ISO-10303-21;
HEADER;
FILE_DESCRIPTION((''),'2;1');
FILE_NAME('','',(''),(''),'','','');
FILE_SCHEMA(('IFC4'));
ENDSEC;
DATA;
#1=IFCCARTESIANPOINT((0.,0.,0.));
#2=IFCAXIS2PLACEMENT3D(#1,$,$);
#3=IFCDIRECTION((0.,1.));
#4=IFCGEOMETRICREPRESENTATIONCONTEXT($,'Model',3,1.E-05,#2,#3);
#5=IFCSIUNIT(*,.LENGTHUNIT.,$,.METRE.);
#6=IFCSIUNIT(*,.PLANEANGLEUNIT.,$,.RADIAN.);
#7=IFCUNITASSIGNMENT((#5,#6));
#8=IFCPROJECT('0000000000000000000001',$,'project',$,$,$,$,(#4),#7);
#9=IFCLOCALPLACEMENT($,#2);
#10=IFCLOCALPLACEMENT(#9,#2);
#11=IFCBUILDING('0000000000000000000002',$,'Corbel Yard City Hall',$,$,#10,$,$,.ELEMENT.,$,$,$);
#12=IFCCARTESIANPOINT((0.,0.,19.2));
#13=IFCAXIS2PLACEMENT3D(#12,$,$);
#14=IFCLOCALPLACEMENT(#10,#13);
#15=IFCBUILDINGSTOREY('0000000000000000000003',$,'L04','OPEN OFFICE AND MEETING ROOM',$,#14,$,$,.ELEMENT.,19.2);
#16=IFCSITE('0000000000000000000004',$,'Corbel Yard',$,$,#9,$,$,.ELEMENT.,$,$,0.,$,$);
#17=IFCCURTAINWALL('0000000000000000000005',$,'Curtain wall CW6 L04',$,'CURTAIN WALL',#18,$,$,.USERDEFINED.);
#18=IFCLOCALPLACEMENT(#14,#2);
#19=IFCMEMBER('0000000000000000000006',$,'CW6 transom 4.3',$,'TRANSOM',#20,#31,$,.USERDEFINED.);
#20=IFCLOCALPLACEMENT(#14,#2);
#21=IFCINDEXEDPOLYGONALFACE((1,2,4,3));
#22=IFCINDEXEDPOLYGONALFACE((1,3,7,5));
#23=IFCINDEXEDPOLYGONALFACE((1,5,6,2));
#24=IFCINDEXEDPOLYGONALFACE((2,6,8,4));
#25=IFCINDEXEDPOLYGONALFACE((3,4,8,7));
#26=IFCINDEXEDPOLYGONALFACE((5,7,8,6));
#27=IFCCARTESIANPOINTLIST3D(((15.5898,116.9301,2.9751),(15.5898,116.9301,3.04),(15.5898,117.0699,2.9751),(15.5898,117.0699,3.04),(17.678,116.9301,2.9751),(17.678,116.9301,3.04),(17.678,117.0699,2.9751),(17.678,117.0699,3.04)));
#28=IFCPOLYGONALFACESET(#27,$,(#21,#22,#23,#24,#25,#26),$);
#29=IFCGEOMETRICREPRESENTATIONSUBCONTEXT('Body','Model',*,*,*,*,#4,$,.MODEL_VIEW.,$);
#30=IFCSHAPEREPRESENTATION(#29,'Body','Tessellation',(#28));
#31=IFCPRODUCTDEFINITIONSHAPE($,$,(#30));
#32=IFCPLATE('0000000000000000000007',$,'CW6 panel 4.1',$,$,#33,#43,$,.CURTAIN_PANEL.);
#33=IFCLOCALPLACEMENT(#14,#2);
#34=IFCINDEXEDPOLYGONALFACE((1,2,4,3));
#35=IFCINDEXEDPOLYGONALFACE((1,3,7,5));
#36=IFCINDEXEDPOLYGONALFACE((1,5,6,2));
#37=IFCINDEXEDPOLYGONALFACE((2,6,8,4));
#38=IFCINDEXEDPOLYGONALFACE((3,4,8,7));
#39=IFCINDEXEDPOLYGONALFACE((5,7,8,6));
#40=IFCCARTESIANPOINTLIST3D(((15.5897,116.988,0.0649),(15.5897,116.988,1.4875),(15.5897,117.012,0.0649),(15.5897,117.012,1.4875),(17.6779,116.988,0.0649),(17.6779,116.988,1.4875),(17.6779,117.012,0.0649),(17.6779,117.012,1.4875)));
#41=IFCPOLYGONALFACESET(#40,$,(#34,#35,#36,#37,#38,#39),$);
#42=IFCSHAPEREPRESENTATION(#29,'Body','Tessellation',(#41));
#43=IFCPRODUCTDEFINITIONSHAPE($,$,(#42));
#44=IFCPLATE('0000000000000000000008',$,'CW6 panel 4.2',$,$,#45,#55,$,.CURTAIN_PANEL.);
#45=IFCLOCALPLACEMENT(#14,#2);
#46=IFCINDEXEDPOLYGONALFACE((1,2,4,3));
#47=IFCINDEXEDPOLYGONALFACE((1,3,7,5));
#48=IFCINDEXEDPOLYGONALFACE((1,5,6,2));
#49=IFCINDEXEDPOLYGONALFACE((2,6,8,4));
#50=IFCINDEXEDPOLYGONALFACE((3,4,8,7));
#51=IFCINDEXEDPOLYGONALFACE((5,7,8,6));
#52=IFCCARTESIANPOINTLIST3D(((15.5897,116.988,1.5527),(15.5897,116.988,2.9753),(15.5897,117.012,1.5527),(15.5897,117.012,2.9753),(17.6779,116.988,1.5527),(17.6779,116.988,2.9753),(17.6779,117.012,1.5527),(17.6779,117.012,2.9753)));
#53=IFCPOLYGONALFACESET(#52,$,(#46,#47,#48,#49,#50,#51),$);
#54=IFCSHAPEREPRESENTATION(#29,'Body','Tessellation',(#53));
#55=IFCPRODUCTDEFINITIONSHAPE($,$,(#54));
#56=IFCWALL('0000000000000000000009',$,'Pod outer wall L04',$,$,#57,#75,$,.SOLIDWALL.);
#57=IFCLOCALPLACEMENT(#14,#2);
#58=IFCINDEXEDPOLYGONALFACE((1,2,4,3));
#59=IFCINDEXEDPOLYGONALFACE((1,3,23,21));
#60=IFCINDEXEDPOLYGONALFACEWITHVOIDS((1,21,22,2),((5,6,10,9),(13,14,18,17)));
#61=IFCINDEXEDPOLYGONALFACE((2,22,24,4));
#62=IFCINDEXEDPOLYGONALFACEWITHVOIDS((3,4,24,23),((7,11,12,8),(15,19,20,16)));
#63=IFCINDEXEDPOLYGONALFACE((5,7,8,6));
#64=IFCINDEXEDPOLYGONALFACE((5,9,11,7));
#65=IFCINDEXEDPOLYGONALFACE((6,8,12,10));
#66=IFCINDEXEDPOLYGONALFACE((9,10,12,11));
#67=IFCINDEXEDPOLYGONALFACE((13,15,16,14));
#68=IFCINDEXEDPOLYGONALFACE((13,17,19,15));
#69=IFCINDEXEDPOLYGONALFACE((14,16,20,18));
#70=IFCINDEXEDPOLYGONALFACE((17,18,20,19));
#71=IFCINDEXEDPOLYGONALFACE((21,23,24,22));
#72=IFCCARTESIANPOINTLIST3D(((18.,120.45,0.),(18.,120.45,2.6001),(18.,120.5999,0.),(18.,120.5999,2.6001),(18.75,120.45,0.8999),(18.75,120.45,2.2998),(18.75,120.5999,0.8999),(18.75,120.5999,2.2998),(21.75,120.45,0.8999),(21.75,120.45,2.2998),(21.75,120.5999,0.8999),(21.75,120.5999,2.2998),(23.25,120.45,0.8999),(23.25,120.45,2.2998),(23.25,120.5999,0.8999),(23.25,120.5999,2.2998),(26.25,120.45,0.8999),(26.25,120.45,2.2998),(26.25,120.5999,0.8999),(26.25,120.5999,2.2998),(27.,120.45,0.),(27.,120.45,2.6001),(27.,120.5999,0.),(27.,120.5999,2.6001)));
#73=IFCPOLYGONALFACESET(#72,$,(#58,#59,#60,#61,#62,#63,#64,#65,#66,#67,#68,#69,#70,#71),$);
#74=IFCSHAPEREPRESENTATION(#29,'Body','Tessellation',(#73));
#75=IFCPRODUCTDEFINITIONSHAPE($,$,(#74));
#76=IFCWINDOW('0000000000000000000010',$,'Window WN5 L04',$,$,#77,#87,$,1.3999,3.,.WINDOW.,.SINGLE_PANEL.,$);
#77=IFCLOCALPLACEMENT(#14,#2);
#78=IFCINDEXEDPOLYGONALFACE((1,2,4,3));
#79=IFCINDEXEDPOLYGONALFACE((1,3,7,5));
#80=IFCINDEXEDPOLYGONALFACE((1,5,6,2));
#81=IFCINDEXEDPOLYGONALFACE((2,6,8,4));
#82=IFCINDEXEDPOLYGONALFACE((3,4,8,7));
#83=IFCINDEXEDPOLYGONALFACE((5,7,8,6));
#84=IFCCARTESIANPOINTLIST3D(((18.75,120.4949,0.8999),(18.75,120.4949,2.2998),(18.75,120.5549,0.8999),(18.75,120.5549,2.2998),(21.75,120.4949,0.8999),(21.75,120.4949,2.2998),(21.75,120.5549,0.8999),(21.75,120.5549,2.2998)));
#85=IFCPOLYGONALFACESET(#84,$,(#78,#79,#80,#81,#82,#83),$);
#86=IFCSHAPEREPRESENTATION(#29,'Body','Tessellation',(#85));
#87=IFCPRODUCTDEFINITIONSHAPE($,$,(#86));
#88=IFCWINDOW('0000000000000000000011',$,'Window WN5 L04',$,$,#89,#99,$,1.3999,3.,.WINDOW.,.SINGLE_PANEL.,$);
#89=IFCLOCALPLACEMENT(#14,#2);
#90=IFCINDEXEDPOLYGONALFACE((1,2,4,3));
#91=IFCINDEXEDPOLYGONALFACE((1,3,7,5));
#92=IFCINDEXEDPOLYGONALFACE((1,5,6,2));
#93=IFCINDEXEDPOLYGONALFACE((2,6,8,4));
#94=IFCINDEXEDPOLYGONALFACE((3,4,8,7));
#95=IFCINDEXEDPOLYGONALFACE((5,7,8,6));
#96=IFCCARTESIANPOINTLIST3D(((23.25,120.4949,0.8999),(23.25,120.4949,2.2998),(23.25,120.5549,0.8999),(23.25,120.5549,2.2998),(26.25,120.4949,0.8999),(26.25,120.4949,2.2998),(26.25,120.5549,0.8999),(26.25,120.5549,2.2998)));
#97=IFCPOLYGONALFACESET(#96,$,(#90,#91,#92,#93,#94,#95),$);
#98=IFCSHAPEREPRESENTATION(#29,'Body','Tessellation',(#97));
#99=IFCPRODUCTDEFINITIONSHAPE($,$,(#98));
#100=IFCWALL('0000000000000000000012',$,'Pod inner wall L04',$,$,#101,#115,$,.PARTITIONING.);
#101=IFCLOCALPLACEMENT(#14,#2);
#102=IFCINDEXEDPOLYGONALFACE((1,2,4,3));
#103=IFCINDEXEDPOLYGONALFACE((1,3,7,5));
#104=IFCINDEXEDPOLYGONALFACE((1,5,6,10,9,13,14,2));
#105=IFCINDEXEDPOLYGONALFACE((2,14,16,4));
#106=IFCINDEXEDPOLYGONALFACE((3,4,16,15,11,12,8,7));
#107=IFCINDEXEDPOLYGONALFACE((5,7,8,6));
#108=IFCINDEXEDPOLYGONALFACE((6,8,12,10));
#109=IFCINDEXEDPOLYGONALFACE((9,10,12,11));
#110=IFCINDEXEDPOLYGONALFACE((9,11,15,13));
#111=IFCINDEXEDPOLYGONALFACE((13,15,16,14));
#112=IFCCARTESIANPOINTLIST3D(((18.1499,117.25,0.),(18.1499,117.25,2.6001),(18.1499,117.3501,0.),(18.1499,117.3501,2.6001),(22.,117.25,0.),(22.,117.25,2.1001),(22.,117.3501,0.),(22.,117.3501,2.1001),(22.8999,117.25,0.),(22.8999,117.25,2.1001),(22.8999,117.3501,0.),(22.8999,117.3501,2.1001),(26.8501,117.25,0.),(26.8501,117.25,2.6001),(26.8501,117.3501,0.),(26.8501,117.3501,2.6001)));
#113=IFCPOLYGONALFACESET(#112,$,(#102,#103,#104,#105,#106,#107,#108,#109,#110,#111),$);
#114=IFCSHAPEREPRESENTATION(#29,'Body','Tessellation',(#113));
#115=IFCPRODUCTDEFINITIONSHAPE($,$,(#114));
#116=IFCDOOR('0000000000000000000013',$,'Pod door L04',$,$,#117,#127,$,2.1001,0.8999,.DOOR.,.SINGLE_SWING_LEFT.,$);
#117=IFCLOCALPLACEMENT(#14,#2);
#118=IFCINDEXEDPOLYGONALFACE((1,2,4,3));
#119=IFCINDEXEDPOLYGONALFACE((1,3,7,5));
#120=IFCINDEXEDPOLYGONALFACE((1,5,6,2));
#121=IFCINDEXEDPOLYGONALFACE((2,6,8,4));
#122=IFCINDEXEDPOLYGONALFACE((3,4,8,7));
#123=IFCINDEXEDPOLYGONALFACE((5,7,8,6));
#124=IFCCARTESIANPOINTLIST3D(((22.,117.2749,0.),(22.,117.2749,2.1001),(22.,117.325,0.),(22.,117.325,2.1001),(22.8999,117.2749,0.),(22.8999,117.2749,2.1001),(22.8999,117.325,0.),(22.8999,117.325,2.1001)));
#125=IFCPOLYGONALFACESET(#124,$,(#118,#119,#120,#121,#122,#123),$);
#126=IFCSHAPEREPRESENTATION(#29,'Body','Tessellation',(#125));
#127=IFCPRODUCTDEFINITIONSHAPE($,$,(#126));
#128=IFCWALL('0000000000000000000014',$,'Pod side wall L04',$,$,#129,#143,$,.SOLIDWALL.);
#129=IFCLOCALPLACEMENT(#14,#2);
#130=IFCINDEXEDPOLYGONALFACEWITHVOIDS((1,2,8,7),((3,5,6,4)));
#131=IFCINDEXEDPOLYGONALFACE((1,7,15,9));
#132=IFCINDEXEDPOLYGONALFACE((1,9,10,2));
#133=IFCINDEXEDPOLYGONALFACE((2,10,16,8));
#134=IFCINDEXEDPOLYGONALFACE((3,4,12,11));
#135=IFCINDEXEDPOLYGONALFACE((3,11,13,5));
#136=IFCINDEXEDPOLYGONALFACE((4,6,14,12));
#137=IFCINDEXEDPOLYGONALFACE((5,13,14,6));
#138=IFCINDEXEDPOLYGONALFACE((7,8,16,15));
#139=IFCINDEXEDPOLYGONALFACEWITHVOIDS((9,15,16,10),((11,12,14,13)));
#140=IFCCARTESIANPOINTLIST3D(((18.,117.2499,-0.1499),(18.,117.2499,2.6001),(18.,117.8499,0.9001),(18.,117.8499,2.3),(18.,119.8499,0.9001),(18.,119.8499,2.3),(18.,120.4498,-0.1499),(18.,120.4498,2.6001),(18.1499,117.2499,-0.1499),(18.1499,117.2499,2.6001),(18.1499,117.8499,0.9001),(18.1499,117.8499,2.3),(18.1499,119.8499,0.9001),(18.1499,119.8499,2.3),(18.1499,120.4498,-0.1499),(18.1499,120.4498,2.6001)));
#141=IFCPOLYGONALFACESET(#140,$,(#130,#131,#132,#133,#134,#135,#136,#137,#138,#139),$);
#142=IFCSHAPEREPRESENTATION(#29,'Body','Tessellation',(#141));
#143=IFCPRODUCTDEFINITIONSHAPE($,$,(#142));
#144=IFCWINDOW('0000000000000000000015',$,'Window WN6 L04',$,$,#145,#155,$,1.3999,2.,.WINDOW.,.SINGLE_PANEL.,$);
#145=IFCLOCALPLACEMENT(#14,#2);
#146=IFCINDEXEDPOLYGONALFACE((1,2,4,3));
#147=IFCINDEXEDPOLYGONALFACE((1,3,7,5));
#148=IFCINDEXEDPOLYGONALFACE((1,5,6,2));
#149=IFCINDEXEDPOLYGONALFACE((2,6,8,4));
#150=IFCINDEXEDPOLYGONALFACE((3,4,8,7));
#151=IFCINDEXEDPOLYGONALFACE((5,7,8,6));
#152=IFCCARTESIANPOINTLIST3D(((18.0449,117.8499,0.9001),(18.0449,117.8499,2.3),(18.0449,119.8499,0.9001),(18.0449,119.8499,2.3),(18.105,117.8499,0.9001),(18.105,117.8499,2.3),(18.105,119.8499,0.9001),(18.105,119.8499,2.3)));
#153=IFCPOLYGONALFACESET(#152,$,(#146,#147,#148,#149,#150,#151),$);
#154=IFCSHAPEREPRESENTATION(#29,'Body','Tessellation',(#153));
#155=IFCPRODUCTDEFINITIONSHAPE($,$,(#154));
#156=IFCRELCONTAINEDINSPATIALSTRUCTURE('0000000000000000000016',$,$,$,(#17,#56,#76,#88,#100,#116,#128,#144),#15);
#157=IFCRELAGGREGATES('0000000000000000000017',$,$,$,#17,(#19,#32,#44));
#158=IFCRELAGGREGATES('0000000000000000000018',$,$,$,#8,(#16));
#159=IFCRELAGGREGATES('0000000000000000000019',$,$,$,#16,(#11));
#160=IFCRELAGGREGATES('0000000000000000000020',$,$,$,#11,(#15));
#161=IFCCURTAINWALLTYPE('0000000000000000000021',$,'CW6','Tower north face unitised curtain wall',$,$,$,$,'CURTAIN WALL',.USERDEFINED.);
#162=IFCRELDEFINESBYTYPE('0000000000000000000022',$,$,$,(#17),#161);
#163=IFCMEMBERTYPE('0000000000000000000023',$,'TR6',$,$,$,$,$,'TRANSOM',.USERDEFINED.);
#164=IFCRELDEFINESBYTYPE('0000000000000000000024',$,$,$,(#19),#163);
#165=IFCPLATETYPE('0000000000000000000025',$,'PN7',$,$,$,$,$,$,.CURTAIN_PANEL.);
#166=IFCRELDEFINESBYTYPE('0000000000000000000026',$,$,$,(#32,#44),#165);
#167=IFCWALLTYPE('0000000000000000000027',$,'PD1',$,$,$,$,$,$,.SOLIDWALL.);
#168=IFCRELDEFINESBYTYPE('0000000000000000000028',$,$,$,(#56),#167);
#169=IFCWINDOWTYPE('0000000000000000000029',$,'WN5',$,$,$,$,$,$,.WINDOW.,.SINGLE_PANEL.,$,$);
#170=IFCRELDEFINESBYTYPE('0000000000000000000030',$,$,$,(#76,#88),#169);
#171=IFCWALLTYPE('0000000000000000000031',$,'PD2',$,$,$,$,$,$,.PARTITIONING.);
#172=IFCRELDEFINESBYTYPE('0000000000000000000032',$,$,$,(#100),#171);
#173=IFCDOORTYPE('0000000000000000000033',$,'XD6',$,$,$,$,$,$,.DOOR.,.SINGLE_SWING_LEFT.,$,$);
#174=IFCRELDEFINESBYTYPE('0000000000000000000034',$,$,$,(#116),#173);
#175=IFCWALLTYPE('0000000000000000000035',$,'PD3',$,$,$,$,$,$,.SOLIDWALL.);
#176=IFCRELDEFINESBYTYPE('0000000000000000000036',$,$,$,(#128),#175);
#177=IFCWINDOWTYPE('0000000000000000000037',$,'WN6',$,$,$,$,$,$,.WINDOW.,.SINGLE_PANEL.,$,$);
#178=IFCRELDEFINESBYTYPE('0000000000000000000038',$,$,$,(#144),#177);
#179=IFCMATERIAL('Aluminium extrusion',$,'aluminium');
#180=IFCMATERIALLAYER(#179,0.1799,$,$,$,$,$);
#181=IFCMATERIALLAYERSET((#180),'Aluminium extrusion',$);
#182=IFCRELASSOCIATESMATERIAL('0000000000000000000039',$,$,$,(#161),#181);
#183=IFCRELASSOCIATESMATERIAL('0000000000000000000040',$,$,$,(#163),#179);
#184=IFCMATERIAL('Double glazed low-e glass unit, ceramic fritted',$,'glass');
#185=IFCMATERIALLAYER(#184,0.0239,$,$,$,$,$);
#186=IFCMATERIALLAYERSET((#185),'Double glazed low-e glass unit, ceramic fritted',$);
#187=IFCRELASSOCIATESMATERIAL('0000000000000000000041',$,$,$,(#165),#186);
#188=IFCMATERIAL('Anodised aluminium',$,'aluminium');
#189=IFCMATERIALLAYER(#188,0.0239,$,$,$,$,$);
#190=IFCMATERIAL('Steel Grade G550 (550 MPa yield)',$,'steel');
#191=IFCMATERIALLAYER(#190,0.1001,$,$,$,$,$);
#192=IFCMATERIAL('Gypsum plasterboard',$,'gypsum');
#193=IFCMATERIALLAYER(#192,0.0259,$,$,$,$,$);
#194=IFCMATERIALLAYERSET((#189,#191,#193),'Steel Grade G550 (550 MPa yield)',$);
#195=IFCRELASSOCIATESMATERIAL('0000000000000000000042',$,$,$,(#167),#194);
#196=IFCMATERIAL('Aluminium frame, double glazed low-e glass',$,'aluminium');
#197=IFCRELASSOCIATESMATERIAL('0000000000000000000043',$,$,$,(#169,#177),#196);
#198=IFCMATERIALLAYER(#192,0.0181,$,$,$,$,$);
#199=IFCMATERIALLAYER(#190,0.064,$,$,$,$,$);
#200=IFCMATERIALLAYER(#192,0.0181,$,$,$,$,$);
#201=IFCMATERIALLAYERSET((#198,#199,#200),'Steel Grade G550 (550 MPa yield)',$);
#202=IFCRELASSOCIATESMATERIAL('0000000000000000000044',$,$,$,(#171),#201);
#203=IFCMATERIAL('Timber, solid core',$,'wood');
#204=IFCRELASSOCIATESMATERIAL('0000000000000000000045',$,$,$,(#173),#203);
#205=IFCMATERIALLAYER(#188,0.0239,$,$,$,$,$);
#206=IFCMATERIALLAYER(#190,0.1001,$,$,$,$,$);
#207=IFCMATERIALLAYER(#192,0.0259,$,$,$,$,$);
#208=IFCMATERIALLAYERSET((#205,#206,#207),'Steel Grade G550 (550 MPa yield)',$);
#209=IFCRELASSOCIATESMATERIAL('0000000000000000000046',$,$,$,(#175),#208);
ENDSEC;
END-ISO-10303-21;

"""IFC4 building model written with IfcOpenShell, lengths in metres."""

from ifc_helpers import new_model, si_unit, direction, frame, frame_2d, origin, origin_2d, place, context, subcontext, project, spatial, rectangle, extrude, material, layer, layer_set, material_profile, profile_set, type_object, element, fill, aggregate, save


model = new_model("IFC4")

# Units and contexts
model_context = context("Model", 3, precision=1e-05, world=origin(), true_north=direction((0.0, 1.0)))
body_context = subcontext(model_context, "Body", "Model", "MODEL_VIEW")
ifc_project = project(units=[si_unit("LENGTHUNIT", "METRE"), si_unit("PLANEANGLEUNIT", "RADIAN")], contexts=[model_context])

# Site, building, storey
site_placement = place(None, origin())
site = spatial("IfcSite", under=ifc_project, at=site_placement, Name="Corbel Yard", CompositionType="ELEMENT", RefElevation=0.0)
building_placement = place(site_placement, origin())
building = spatial("IfcBuilding", under=site, at=building_placement, Name="Corbel Yard City Hall", CompositionType="ELEMENT")
storey_placement = place(building_placement, frame((0.0, 0.0, 19.2)))
storey = spatial("IfcBuildingStorey", under=building, at=storey_placement, Name="L04", Description="OPEN OFFICE AND MEETING ROOM", CompositionType="ELEMENT", Elevation=19.2)

# Curtain wall
ifc_material_1 = material(Name="Aluminium extrusion", Category="aluminium")
ifc_layer_1 = layer(ifc_material_1, 0.1799)
ifc_layer_set_1 = layer_set([ifc_layer_1], Name="Aluminium extrusion")
curtain_wall_type = type_object("IfcCurtainWallType", Name="CW6", Description="Tower north face unitised curtain wall", ElementType="CURTAIN WALL", PredefinedType="USERDEFINED", material=ifc_layer_set_1)
curtain_wall_placement = place(storey_placement, origin())
curtain_wall = element("IfcCurtainWall", 1, at=curtain_wall_placement, inside=storey, type_object=curtain_wall_type, Name="Curtain wall CW6 L04", ObjectType="CURTAIN WALL", PredefinedType="USERDEFINED")

# Member
ifc_material_profile_1 = material_profile(ifc_material_1, rectangle(XDim=0.1399, YDim=0.0649, at=origin_2d()), Name="140x65")
ifc_profile_set_1 = profile_set([ifc_material_profile_1], Name="Aluminium extrusion")
member_type_1 = type_object("IfcMemberType", Name="TR6", ElementType="TRANSOM", PredefinedType="USERDEFINED", material=ifc_profile_set_1)
member_1_placement = place(storey_placement, frame((15.5898, 117.0, 3.0076), z_axis=(1.0, 0.0, 0.0), x_axis=(0.0, 1.0, 0.0)))
member_1 = element("IfcMember", 2, at=member_1_placement, type_object=member_type_1, Name="CW6 transom 4.3", ObjectType="TRANSOM", PredefinedType="USERDEFINED", context=body_context, shape_type="SweptSolid", body=[
    extrude(rectangle(XDim=0.1399, YDim=0.0649, at=origin_2d()), origin(), (0.0, 0.0, 1.0), 2.0881),
])

# Plates
ifc_material_2 = material(Name="Double glazed low-e glass unit, ceramic fritted", Category="glass")
ifc_layer_2 = layer(ifc_material_2, 0.0239)
ifc_layer_set_2 = layer_set([ifc_layer_2], Name="Double glazed low-e glass unit, ceramic fritted")
plate_type = type_object("IfcPlateType", Name="PN7", PredefinedType="CURTAIN_PANEL", material=ifc_layer_set_2)
plate_1_placement = place(storey_placement, frame((16.6338, 117.0, 0.0649), z_axis=(0.0, 0.0, 1.0), x_axis=(1.0, 0.0, 0.0)))
plate_1 = element("IfcPlate", 3, at=plate_1_placement, type_object=plate_type, Name="CW6 panel 4.1", PredefinedType="CURTAIN_PANEL", context=body_context, shape_type="SweptSolid", body=[
    extrude(rectangle(XDim=2.0881, YDim=0.0239, at=origin_2d()), origin(), (0.0, 0.0, 1.0), 1.4226),
])
plate_2_placement = place(storey_placement, frame((16.6338, 117.0, 1.5527), z_axis=(0.0, 0.0, 1.0), x_axis=(1.0, 0.0, 0.0)))
plate_2 = element("IfcPlate", 4, at=plate_2_placement, type_object=plate_type, Name="CW6 panel 4.2", PredefinedType="CURTAIN_PANEL", context=body_context, shape_type="SweptSolid", body=[
    extrude(rectangle(XDim=2.0881, YDim=0.0239, at=origin_2d()), origin(), (0.0, 0.0, 1.0), 1.4226),
])
aggregate(curtain_wall, [member_1, plate_1, plate_2])

# Wall, openings, windows
ifc_material_3 = material(Name="Anodised aluminium", Category="aluminium")
ifc_layer_3 = layer(ifc_material_3, 0.0239)
ifc_material_4 = material(Name="Steel Grade G550 (550 MPa yield)", Category="steel")
ifc_layer_4 = layer(ifc_material_4, 0.1001)
ifc_material_5 = material(Name="Gypsum plasterboard", Category="gypsum")
ifc_layer_5 = layer(ifc_material_5, 0.0259)
ifc_layer_set_3 = layer_set([ifc_layer_3, ifc_layer_4, ifc_layer_5], Name="Steel Grade G550 (550 MPa yield)")
wall_type_1 = type_object("IfcWallType", Name="PD1", PredefinedType="SOLIDWALL", material=ifc_layer_set_3)
wall_1_placement = place(storey_placement, frame((18.0, 120.5249, 0.0), z_axis=(0.0, 0.0, 1.0), x_axis=(1.0, 0.0, 0.0)))
wall_1 = element("IfcWall", 5, at=wall_1_placement, inside=storey, type_object=wall_type_1, Name="Pod outer wall L04", PredefinedType="SOLIDWALL", context=body_context, shape_type="SweptSolid", body=[
    extrude(rectangle(XDim=9.0, YDim=0.1499, at=frame_2d((4.5, 0.0))), origin(), (0.0, 0.0, 1.0), 2.6001),
])
opening_1_placement = place(wall_1_placement, frame((0.75, 0.0, 0.8999)))
opening_1 = element("IfcOpeningElement", 6, at=opening_1_placement, cuts=wall_1, PredefinedType="OPENING", context=body_context, shape_type="SweptSolid", body=[
    extrude(rectangle(XDim=3.0, YDim=1.3999, at=frame_2d((1.5, 0.7))), frame((0.0, 0.085, 0.0), z_axis=(0.0, -1.0, 0.0), x_axis=(1.0, 0.0, 0.0)), (0.0, 0.0, 1.0), 0.1699),
])
opening_2_placement = place(wall_1_placement, frame((5.25, 0.0, 0.8999)))
opening_2 = element("IfcOpeningElement", 7, at=opening_2_placement, cuts=wall_1, PredefinedType="OPENING", context=body_context, shape_type="SweptSolid", body=[
    extrude(rectangle(XDim=3.0, YDim=1.3999, at=frame_2d((1.5, 0.7))), frame((0.0, 0.085, 0.0), z_axis=(0.0, -1.0, 0.0), x_axis=(1.0, 0.0, 0.0)), (0.0, 0.0, 1.0), 0.1699),
])
ifc_material_6 = material(Name="Aluminium frame, double glazed low-e glass", Category="aluminium")
window_type_1 = type_object("IfcWindowType", Name="WN5", PartitioningType="SINGLE_PANEL", PredefinedType="WINDOW", material=ifc_material_6)
window_1_placement = place(opening_1_placement, origin())
window_1 = element("IfcWindow", 8, at=window_1_placement, inside=storey, type_object=window_type_1, Name="Window WN5 L04", OverallHeight=1.3999, OverallWidth=3.0, PartitioningType="SINGLE_PANEL", PredefinedType="WINDOW", context=body_context, shape_type="SweptSolid", body=[
    extrude(rectangle(XDim=3.0, YDim=1.3999, at=frame_2d((1.5, 0.7))), frame((0.0, 0.03, 0.0), z_axis=(0.0, -1.0, 0.0), x_axis=(1.0, 0.0, 0.0)), (0.0, 0.0, 1.0), 0.0601),
])
fill(opening_1, window_1)
window_2_placement = place(opening_2_placement, origin())
window_2 = element("IfcWindow", 9, at=window_2_placement, inside=storey, type_object=window_type_1, Name="Window WN5 L04", OverallHeight=1.3999, OverallWidth=3.0, PartitioningType="SINGLE_PANEL", PredefinedType="WINDOW", context=body_context, shape_type="SweptSolid", body=[
    extrude(rectangle(XDim=3.0, YDim=1.3999, at=frame_2d((1.5, 0.7))), frame((0.0, 0.03, 0.0), z_axis=(0.0, -1.0, 0.0), x_axis=(1.0, 0.0, 0.0)), (0.0, 0.0, 1.0), 0.0601),
])
fill(opening_2, window_2)

# Wall, opening, door
ifc_layer_6 = layer(ifc_material_5, 0.0181)
ifc_layer_7 = layer(ifc_material_4, 0.064)
ifc_layer_8 = layer(ifc_material_5, 0.0181)
ifc_layer_set_4 = layer_set([ifc_layer_6, ifc_layer_7, ifc_layer_8], Name="Steel Grade G550 (550 MPa yield)")
wall_type_2 = type_object("IfcWallType", Name="PD2", PredefinedType="PARTITIONING", material=ifc_layer_set_4)
wall_2_placement = place(storey_placement, frame((18.1499, 117.3, 0.0), z_axis=(0.0, 0.0, 1.0), x_axis=(1.0, 0.0, 0.0)))
wall_2 = element("IfcWall", 10, at=wall_2_placement, inside=storey, type_object=wall_type_2, Name="Pod inner wall L04", PredefinedType="PARTITIONING", context=body_context, shape_type="SweptSolid", body=[
    extrude(rectangle(XDim=8.7002, YDim=0.1001, at=frame_2d((4.3501, 0.0))), origin(), (0.0, 0.0, 1.0), 2.6001),
])
opening_3_placement = place(wall_2_placement, frame((3.8501, 0.0, 0.0)))
opening_3 = element("IfcOpeningElement", 11, at=opening_3_placement, cuts=wall_2, PredefinedType="OPENING", context=body_context, shape_type="SweptSolid", body=[
    extrude(rectangle(XDim=0.8999, YDim=2.1001, at=frame_2d((0.45, 1.05))), frame((0.0, 0.0601, 0.0), z_axis=(0.0, -1.0, 0.0), x_axis=(1.0, 0.0, 0.0)), (0.0, 0.0, 1.0), 0.1201),
])
ifc_material_7 = material(Name="Timber, solid core", Category="wood")
door_type = type_object("IfcDoorType", Name="XD6", OperationType="SINGLE_SWING_LEFT", PredefinedType="DOOR", material=ifc_material_7)
door_placement = place(opening_3_placement, origin())
door = element("IfcDoor", 12, at=door_placement, inside=storey, type_object=door_type, Name="Pod door L04", OperationType="SINGLE_SWING_LEFT", OverallHeight=2.1001, OverallWidth=0.8999, PredefinedType="DOOR", context=body_context, shape_type="SweptSolid", body=[
    extrude(rectangle(XDim=0.8999, YDim=2.1001, at=frame_2d((0.45, 1.05))), frame((0.0, 0.0249, 0.0), z_axis=(0.0, -1.0, 0.0), x_axis=(1.0, 0.0, 0.0)), (0.0, 0.0, 1.0), 0.05),
])
fill(opening_3, door)

# Wall, opening, window
ifc_layer_9 = layer(ifc_material_3, 0.0239)
ifc_layer_10 = layer(ifc_material_4, 0.1001)
ifc_layer_11 = layer(ifc_material_5, 0.0259)
ifc_layer_set_5 = layer_set([ifc_layer_9, ifc_layer_10, ifc_layer_11], Name="Steel Grade G550 (550 MPa yield)")
wall_type_3 = type_object("IfcWallType", Name="PD3", PredefinedType="SOLIDWALL", material=ifc_layer_set_5)
wall_3_placement = place(storey_placement, frame((18.075, 120.45, -0.1499), z_axis=(0.0, 0.0, 1.0), x_axis=(0.0, -1.0, 0.0)))
wall_3 = element("IfcWall", 13, at=wall_3_placement, inside=storey, type_object=wall_type_3, Name="Pod side wall L04", PredefinedType="SOLIDWALL", context=body_context, shape_type="SweptSolid", body=[
    extrude(rectangle(XDim=3.2, YDim=0.1499, at=frame_2d((1.6001, 0.0))), origin(), (0.0, 0.0, 1.0), 2.75),
])
opening_4_placement = place(wall_3_placement, frame((0.6001, 0.0, 1.05)))
opening_4 = element("IfcOpeningElement", 14, at=opening_4_placement, cuts=wall_3, PredefinedType="OPENING", context=body_context, shape_type="SweptSolid", body=[
    extrude(rectangle(XDim=2.0, YDim=1.3999, at=frame_2d((1.0, 0.7))), frame((0.0, 0.085, 0.0), z_axis=(0.0, -1.0, 0.0), x_axis=(1.0, 0.0, 0.0)), (0.0, 0.0, 1.0), 0.1699),
])
window_type_2 = type_object("IfcWindowType", Name="WN6", PartitioningType="SINGLE_PANEL", PredefinedType="WINDOW", material=ifc_material_6)
window_3_placement = place(opening_4_placement, origin())
window_3 = element("IfcWindow", 15, at=window_3_placement, inside=storey, type_object=window_type_2, Name="Window WN6 L04", OverallHeight=1.3999, OverallWidth=2.0, PartitioningType="SINGLE_PANEL", PredefinedType="WINDOW", context=body_context, shape_type="SweptSolid", body=[
    extrude(rectangle(XDim=2.0, YDim=1.3999, at=frame_2d((1.0, 0.7))), frame((0.0, 0.03, 0.0), z_axis=(0.0, -1.0, 0.0), x_axis=(1.0, 0.0, 0.0)), (0.0, 0.0, 1.0), 0.0601),
])
fill(opening_4, window_3)

save(model, "model.ifc")
